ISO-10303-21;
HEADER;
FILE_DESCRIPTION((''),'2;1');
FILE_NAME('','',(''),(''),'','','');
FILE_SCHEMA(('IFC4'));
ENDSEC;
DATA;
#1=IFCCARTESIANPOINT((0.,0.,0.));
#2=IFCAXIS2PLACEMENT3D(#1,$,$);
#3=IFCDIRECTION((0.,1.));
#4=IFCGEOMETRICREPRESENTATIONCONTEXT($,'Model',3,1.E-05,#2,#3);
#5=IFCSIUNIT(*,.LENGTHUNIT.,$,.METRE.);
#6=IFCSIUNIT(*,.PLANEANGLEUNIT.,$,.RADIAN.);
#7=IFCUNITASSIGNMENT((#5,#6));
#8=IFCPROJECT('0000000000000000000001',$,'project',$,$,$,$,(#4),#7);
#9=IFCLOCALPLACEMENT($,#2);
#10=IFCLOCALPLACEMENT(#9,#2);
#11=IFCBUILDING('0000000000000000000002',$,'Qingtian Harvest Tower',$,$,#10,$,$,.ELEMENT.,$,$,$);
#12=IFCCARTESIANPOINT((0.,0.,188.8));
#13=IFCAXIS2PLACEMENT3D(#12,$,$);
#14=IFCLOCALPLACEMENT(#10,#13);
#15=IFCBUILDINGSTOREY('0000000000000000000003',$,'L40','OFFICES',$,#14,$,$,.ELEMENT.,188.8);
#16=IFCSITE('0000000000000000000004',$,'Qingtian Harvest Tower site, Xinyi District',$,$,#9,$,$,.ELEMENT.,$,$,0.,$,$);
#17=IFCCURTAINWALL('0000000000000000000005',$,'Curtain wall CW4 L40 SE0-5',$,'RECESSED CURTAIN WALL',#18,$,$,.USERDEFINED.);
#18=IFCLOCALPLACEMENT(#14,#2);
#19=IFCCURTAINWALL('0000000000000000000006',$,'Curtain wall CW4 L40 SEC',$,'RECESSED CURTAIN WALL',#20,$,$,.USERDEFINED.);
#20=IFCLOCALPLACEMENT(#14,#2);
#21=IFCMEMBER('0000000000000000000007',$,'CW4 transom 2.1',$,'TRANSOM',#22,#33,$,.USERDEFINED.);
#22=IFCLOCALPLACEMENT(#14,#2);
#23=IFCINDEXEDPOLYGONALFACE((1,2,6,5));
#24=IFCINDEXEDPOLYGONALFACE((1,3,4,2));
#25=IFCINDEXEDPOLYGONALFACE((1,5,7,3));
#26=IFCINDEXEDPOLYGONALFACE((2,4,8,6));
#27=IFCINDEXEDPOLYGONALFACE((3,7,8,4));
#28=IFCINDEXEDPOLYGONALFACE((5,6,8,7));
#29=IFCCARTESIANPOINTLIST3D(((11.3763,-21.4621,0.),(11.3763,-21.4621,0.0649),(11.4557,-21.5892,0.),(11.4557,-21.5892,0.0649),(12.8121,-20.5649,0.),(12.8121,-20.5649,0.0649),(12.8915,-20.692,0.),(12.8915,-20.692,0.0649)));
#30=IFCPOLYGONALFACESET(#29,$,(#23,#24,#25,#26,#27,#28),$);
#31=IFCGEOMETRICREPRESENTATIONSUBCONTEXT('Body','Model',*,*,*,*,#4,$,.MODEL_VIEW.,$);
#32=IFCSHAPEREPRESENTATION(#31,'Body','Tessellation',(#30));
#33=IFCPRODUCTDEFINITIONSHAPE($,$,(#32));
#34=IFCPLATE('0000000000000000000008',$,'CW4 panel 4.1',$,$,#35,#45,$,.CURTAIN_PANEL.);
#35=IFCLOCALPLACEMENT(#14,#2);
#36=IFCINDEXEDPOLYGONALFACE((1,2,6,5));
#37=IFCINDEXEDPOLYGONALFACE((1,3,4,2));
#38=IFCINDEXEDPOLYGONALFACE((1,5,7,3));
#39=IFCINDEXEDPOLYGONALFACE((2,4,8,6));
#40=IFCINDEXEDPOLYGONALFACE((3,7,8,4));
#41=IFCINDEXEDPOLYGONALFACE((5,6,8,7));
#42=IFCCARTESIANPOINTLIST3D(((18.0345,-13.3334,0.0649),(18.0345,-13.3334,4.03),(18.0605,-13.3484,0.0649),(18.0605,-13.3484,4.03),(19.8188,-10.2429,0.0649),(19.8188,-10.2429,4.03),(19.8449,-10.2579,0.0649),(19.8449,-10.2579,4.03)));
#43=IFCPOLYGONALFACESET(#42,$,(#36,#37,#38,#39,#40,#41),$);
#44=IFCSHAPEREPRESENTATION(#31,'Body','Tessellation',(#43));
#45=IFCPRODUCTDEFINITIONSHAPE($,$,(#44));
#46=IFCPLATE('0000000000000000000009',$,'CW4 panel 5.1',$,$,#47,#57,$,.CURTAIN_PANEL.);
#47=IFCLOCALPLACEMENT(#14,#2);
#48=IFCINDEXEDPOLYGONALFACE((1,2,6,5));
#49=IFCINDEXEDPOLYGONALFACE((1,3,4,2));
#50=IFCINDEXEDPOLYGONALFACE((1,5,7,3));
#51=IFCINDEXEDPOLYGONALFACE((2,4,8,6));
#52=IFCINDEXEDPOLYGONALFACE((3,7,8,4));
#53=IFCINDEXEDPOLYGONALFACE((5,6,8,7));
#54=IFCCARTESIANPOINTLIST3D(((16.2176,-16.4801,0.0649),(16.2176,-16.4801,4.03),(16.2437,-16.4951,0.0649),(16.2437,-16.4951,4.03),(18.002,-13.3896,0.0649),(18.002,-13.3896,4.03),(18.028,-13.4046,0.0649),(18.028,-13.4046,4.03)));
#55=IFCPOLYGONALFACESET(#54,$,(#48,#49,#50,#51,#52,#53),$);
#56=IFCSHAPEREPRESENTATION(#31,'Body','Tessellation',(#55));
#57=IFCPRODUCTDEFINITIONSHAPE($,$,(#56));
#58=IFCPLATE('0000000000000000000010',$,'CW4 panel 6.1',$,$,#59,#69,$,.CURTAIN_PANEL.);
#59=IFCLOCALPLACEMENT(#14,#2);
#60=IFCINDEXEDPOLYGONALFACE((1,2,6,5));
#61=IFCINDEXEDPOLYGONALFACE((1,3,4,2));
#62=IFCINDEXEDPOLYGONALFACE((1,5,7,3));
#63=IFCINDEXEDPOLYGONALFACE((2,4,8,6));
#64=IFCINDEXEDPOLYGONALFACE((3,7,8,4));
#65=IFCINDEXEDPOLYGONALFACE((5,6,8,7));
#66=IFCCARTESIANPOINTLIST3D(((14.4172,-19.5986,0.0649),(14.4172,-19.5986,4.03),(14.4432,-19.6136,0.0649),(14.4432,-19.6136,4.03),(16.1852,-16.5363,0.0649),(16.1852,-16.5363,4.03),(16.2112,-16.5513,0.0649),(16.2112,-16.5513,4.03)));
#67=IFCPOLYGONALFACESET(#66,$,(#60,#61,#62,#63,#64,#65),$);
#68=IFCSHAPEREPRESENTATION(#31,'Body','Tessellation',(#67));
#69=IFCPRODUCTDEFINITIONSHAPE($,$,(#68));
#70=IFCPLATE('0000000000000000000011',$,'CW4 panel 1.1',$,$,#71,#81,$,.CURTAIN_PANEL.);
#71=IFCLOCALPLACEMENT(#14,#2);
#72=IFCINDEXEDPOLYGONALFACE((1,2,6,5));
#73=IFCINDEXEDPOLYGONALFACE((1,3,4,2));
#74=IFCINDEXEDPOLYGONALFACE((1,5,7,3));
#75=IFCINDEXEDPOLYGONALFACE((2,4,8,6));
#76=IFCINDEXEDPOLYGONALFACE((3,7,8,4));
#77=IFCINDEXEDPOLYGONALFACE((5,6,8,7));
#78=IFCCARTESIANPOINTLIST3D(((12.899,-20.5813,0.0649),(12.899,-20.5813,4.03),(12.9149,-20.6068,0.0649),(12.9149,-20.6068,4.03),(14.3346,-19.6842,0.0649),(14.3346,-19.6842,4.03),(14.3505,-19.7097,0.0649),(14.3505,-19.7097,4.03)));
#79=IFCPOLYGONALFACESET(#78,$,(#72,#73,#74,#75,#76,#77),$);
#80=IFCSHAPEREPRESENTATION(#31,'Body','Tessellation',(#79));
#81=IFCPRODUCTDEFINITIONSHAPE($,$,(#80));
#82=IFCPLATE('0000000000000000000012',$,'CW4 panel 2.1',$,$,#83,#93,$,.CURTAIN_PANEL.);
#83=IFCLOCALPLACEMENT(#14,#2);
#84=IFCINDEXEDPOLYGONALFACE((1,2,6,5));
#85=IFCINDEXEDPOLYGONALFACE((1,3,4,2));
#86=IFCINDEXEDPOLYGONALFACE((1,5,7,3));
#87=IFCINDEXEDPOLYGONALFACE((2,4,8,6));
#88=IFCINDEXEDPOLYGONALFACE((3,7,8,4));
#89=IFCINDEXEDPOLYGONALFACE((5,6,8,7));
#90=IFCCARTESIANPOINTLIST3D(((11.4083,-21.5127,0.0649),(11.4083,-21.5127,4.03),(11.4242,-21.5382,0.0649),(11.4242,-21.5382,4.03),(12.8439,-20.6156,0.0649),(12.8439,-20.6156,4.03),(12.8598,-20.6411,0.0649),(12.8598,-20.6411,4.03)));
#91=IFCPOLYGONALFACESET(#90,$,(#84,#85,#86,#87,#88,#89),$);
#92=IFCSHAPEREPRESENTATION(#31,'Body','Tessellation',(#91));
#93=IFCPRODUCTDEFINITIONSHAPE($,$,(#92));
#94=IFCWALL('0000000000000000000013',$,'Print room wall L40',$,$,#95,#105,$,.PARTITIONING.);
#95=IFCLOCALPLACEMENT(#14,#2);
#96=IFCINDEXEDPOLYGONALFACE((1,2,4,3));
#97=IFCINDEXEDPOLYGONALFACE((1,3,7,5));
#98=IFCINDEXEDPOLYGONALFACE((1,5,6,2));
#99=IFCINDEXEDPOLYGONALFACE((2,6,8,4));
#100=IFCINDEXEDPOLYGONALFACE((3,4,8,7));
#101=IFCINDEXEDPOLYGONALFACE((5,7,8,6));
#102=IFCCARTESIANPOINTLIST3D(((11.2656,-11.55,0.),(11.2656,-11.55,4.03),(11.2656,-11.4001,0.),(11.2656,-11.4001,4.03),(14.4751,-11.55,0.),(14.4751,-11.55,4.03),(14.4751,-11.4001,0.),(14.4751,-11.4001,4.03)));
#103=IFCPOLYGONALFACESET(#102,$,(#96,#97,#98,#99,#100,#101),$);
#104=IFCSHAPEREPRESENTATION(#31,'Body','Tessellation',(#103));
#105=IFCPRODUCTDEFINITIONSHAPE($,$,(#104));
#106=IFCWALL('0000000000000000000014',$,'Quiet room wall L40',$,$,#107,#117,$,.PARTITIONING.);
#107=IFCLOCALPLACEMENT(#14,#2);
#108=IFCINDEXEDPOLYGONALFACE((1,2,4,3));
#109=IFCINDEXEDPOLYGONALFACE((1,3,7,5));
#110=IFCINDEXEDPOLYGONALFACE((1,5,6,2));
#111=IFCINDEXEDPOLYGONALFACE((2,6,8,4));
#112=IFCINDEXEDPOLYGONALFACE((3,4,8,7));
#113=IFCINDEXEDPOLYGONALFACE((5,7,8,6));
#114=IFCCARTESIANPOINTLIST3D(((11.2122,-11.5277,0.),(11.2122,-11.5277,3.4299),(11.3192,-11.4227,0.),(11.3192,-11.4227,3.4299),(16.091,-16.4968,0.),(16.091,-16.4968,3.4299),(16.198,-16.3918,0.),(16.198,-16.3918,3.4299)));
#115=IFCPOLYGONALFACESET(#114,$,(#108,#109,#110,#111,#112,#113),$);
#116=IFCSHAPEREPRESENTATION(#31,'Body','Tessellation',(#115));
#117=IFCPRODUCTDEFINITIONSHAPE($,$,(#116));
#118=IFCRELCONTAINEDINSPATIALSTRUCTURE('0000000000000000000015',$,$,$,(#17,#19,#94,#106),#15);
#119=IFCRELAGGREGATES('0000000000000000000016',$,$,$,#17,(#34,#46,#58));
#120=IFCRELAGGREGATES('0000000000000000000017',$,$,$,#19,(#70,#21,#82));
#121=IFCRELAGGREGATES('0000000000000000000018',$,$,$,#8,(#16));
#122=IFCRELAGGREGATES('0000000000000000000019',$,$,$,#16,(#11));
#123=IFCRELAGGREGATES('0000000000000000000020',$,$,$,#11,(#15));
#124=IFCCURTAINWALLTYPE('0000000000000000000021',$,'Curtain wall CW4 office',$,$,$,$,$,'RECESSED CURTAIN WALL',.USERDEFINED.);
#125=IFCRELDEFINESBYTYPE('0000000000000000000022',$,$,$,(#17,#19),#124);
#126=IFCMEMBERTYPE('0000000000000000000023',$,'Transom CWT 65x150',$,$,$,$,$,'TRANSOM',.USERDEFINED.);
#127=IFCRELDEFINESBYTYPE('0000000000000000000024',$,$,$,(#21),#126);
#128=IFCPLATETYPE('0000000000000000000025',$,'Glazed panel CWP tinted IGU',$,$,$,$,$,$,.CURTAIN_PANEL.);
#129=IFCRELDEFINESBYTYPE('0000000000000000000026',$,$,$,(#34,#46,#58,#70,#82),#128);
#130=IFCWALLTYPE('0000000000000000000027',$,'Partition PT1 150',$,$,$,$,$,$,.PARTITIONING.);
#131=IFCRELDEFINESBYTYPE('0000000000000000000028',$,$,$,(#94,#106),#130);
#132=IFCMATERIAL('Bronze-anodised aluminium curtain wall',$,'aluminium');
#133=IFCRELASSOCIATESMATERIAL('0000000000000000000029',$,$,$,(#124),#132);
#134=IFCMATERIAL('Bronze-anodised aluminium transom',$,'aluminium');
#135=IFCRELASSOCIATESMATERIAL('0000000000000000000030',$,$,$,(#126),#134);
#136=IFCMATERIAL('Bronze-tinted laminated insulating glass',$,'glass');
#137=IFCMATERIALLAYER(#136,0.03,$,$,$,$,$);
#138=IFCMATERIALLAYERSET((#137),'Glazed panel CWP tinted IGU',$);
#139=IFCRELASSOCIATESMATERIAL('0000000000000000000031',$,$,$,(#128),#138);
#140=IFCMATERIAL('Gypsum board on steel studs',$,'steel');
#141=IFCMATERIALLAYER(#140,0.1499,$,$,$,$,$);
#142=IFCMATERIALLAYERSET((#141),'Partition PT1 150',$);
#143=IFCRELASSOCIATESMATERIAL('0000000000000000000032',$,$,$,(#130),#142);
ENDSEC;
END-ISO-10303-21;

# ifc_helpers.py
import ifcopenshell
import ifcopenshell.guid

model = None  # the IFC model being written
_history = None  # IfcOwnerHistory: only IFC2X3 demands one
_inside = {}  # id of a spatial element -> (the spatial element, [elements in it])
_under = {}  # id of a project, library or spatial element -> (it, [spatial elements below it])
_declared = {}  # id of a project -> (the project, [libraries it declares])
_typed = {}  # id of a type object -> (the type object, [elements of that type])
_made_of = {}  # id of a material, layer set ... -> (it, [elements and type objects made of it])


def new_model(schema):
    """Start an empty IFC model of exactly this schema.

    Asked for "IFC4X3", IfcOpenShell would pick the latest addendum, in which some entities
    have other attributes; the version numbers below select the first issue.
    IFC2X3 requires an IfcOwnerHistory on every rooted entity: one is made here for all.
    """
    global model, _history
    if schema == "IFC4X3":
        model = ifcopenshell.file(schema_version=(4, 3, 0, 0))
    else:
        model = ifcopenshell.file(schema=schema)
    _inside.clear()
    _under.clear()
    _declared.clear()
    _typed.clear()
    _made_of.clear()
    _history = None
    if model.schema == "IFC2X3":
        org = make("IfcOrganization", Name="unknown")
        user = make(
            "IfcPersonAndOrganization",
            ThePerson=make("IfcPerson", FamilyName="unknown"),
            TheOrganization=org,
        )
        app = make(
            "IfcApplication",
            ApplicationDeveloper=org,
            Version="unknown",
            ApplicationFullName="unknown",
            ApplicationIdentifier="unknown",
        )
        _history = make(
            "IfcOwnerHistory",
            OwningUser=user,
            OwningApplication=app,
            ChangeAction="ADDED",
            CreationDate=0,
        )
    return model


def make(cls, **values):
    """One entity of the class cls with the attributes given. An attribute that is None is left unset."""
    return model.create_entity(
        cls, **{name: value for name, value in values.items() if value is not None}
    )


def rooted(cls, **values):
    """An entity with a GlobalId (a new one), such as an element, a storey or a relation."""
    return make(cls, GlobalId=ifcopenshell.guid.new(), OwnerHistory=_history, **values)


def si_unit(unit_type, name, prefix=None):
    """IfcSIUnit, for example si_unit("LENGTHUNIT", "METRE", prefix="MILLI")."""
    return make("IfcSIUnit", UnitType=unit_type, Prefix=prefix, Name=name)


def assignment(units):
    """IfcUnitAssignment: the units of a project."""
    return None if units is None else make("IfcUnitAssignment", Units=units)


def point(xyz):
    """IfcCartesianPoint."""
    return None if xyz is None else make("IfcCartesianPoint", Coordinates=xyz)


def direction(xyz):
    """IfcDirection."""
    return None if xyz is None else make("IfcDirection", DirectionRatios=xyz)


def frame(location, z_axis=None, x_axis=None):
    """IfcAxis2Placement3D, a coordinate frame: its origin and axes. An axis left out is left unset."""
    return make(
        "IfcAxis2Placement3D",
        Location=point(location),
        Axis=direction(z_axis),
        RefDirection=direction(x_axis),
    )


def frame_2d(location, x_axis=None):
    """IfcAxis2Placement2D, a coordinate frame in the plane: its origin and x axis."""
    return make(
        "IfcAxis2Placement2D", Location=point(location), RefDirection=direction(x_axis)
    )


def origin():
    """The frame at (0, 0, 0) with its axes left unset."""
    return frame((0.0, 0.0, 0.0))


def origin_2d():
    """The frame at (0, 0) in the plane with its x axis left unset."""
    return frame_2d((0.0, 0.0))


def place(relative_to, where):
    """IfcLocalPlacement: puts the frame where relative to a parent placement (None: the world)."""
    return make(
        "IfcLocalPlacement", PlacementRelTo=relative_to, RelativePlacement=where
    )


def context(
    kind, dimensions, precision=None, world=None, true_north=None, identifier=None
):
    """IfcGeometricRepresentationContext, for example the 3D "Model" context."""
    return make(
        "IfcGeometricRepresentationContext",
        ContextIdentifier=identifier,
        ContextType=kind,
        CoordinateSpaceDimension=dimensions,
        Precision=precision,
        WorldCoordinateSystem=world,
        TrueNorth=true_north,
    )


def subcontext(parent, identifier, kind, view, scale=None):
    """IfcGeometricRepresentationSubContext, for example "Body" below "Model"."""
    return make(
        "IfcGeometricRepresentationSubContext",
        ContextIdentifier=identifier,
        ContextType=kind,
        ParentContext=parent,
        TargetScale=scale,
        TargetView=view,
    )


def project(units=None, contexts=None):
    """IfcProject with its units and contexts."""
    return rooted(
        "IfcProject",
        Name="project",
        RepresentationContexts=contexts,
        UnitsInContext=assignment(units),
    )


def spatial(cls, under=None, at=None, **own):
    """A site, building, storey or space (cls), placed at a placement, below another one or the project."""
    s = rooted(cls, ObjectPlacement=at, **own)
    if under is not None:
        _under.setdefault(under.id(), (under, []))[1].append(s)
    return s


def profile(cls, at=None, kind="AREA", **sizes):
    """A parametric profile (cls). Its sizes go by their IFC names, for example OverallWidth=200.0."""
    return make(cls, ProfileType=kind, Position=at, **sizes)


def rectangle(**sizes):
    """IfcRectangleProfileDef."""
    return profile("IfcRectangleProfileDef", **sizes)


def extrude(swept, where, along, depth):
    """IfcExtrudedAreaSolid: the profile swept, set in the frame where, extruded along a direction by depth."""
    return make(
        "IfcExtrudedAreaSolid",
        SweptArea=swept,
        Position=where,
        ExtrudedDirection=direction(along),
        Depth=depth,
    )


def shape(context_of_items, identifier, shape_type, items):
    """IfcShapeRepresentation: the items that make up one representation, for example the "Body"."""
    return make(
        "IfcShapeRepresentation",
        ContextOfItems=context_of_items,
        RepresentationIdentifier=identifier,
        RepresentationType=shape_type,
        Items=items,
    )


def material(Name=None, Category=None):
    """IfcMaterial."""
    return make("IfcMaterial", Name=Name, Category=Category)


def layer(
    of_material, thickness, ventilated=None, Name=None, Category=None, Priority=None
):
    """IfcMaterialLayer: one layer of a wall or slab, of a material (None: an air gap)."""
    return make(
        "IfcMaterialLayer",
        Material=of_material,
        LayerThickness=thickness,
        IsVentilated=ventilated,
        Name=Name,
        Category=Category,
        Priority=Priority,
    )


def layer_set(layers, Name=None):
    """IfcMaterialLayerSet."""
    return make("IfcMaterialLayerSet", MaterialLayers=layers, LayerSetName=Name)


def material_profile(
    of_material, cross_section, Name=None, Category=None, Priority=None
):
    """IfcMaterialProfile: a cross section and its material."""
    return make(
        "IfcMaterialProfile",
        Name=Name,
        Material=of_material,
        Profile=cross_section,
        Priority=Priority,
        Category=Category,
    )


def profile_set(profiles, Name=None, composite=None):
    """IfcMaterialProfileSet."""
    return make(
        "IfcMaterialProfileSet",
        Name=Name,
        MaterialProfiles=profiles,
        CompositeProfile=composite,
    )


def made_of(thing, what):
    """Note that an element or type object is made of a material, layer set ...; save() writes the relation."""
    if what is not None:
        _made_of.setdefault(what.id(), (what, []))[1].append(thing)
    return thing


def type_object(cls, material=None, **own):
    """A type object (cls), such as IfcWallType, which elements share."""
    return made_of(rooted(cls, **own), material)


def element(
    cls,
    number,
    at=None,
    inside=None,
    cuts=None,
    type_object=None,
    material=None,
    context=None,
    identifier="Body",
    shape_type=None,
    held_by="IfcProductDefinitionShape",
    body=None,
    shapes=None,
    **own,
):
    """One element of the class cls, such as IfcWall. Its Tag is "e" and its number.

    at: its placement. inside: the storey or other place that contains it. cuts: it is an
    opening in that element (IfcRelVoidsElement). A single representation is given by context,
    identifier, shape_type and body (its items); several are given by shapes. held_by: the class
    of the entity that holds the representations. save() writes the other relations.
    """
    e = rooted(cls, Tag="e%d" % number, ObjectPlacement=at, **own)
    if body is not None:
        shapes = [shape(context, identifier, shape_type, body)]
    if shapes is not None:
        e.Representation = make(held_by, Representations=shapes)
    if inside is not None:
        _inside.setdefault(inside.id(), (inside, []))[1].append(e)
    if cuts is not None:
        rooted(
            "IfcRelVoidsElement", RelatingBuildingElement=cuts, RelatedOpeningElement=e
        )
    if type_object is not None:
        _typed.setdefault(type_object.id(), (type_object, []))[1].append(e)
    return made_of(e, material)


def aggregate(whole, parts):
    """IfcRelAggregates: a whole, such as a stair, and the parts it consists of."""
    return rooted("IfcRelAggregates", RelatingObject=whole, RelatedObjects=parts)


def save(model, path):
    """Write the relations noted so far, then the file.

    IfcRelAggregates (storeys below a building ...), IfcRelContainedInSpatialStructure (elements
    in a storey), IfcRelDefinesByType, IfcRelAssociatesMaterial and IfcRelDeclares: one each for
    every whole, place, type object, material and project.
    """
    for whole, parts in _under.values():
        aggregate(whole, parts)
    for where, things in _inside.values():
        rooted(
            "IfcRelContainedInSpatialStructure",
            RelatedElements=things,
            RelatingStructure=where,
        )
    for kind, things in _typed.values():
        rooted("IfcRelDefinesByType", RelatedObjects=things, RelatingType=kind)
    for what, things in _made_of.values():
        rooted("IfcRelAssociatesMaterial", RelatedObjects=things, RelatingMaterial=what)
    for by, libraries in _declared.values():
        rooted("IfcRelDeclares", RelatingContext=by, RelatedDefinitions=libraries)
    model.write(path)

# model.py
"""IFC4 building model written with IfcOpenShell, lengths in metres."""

from ifc_helpers import new_model, si_unit, direction, frame, frame_2d, origin, origin_2d, place, context, subcontext, project, spatial, rectangle, extrude, material, layer, layer_set, material_profile, profile_set, type_object, element, aggregate, save


model = new_model("IFC4")

# Units and contexts
model_context = context("Model", 3, precision=1e-05, world=origin(), true_north=direction((0.0, 1.0)))
body_context = subcontext(model_context, "Body", "Model", "MODEL_VIEW")
ifc_project = project(units=[si_unit("LENGTHUNIT", "METRE"), si_unit("PLANEANGLEUNIT", "RADIAN")], contexts=[model_context])

# Site, building, storey
site_placement = place(None, origin())
site = spatial("IfcSite", under=ifc_project, at=site_placement, Name="Qingtian Harvest Tower site, Xinyi District", CompositionType="ELEMENT", RefElevation=0.0)
building_placement = place(site_placement, origin())
building = spatial("IfcBuilding", under=site, at=building_placement, Name="Qingtian Harvest Tower", CompositionType="ELEMENT")
storey_placement = place(building_placement, frame((0.0, 0.0, 188.8)))
storey = spatial("IfcBuildingStorey", under=building, at=storey_placement, Name="L40", Description="OFFICES", CompositionType="ELEMENT", Elevation=188.8)

# Curtain walls
ifc_material_1 = material(Name="Bronze-anodised aluminium curtain wall", Category="aluminium")
curtain_wall_type = type_object("IfcCurtainWallType", Name="Curtain wall CW4 office", ElementType="RECESSED CURTAIN WALL", PredefinedType="USERDEFINED", material=ifc_material_1)
curtain_wall_1_placement = place(storey_placement, origin())
curtain_wall_1 = element("IfcCurtainWall", 1, at=curtain_wall_1_placement, inside=storey, type_object=curtain_wall_type, Name="Curtain wall CW4 L40 SE0-5", ObjectType="RECESSED CURTAIN WALL", PredefinedType="USERDEFINED")
curtain_wall_2_placement = place(storey_placement, origin())
curtain_wall_2 = element("IfcCurtainWall", 2, at=curtain_wall_2_placement, inside=storey, type_object=curtain_wall_type, Name="Curtain wall CW4 L40 SEC", ObjectType="RECESSED CURTAIN WALL", PredefinedType="USERDEFINED")

# Member
ifc_material_2 = material(Name="Bronze-anodised aluminium transom", Category="aluminium")
ifc_material_profile_1 = material_profile(ifc_material_2, rectangle(XDim=0.1499, YDim=0.0649, at=origin_2d()), Name="AL 65x150")
ifc_profile_set_1 = profile_set([ifc_material_profile_1], Name="Bronze-anodised aluminium transom")
member_type_1 = type_object("IfcMemberType", Name="Transom CWT 65x150", ElementType="TRANSOM", PredefinedType="USERDEFINED", material=ifc_profile_set_1)
member_1_placement = place(storey_placement, frame((12.8518, -20.6284, 0.0325), z_axis=(-0.848039, -0.529934, 0.0), x_axis=(0.529934, -0.848039, 0.0)))
member_1 = element("IfcMember", 3, at=member_1_placement, type_object=member_type_1, Name="CW4 transom 2.1", ObjectType="TRANSOM", PredefinedType="USERDEFINED", context=body_context, shape_type="SweptSolid", body=[
    extrude(rectangle(XDim=0.1499, YDim=0.0649, at=origin_2d()), origin(), (0.0, 0.0, 1.0), 1.6931),
])

# Plates
ifc_material_3 = material(Name="Bronze-tinted laminated insulating glass", Category="glass")
ifc_layer_1 = layer(ifc_material_3, 0.03)
ifc_layer_set_1 = layer_set([ifc_layer_1], Name="Glazed panel CWP tinted IGU")
plate_type = type_object("IfcPlateType", Name="Glazed panel CWP tinted IGU", PredefinedType="CURTAIN_PANEL", material=ifc_layer_set_1)
plate_1_placement = place(storey_placement, frame((18.9397, -11.7957, 0.0649), z_axis=(0.0, 0.0, 1.0), x_axis=(-0.5, -0.866025, 0.0)))
plate_1 = element("IfcPlate", 4, at=plate_1_placement, type_object=plate_type, Name="CW4 panel 4.1", PredefinedType="CURTAIN_PANEL", context=body_context, shape_type="SweptSolid", body=[
    extrude(rectangle(XDim=3.5686, YDim=0.03, at=origin_2d()), origin(), (0.0, 0.0, 1.0), 3.9651),
])
plate_2_placement = place(storey_placement, frame((17.1228, -14.9424, 0.0649), z_axis=(0.0, 0.0, 1.0), x_axis=(-0.5, -0.866025, 0.0)))
plate_2 = element("IfcPlate", 5, at=plate_2_placement, type_object=plate_type, Name="CW4 panel 5.1", PredefinedType="CURTAIN_PANEL", context=body_context, shape_type="SweptSolid", body=[
    extrude(rectangle(XDim=3.5686, YDim=0.03, at=origin_2d()), origin(), (0.0, 0.0, 1.0), 3.9651),
])
plate_3_placement = place(storey_placement, frame((15.3142, -18.075, 0.0649), z_axis=(0.0, 0.0, 1.0), x_axis=(-0.5, -0.866025, 0.0)))
plate_3 = element("IfcPlate", 6, at=plate_3_placement, type_object=plate_type, Name="CW4 panel 6.1", PredefinedType="CURTAIN_PANEL", context=body_context, shape_type="SweptSolid", body=[
    extrude(rectangle(XDim=3.5361, YDim=0.03, at=origin_2d()), origin(), (0.0, 0.0, 1.0), 3.9651),
])
aggregate(curtain_wall_1, [plate_1, plate_2, plate_3])
plate_4_placement = place(storey_placement, frame((13.6248, -20.1455, 0.0649), z_axis=(0.0, 0.0, 1.0), x_axis=(-0.848048, -0.529919, 0.0)))
plate_4 = element("IfcPlate", 7, at=plate_4_placement, type_object=plate_type, Name="CW4 panel 1.1", PredefinedType="CURTAIN_PANEL", context=body_context, shape_type="SweptSolid", body=[
    extrude(rectangle(XDim=1.6929, YDim=0.03, at=origin_2d()), origin(), (0.0, 0.0, 1.0), 3.9651),
])
plate_5_placement = place(storey_placement, frame((12.134, -21.0769, 0.0649), z_axis=(0.0, 0.0, 1.0), x_axis=(-0.848048, -0.529919, 0.0)))
plate_5 = element("IfcPlate", 8, at=plate_5_placement, type_object=plate_type, Name="CW4 panel 2.1", PredefinedType="CURTAIN_PANEL", context=body_context, shape_type="SweptSolid", body=[
    extrude(rectangle(XDim=1.6929, YDim=0.03, at=origin_2d()), origin(), (0.0, 0.0, 1.0), 3.9651),
])
aggregate(curtain_wall_2, [plate_4, member_1, plate_5])

# Walls
ifc_material_4 = material(Name="Gypsum board on steel studs", Category="steel")
ifc_layer_2 = layer(ifc_material_4, 0.1499)
ifc_layer_set_2 = layer_set([ifc_layer_2], Name="Partition PT1 150")
wall_type = type_object("IfcWallType", Name="Partition PT1 150", PredefinedType="PARTITIONING", material=ifc_layer_set_2)
wall_1_placement = place(storey_placement, frame((14.4751, -11.4751, 0.0), z_axis=(0.0, 0.0, 1.0), x_axis=(-1.0, 0.0, 0.0)))
element("IfcWall", 9, at=wall_1_placement, inside=storey, type_object=wall_type, Name="Print room wall L40", PredefinedType="PARTITIONING", context=body_context, shape_type="SweptSolid", body=[
    extrude(rectangle(XDim=3.2095, YDim=0.1499, at=frame_2d((1.6047, 0.0))), origin(), (0.0, 0.0, 1.0), 4.03),
])
wall_2_placement = place(storey_placement, frame((16.1445, -16.4443, 0.0), z_axis=(0.0, 0.0, 1.0), x_axis=(-0.700591, 0.713563, 0.0)))
element("IfcWall", 10, at=wall_2_placement, inside=storey, type_object=wall_type, Name="Quiet room wall L40", PredefinedType="PARTITIONING", context=body_context, shape_type="SweptSolid", body=[
    extrude(rectangle(XDim=6.9639, YDim=0.1499, at=frame_2d((3.4819, 0.0))), origin(), (0.0, 0.0, 1.0), 3.4299),
])

save(model, "model.ifc")
